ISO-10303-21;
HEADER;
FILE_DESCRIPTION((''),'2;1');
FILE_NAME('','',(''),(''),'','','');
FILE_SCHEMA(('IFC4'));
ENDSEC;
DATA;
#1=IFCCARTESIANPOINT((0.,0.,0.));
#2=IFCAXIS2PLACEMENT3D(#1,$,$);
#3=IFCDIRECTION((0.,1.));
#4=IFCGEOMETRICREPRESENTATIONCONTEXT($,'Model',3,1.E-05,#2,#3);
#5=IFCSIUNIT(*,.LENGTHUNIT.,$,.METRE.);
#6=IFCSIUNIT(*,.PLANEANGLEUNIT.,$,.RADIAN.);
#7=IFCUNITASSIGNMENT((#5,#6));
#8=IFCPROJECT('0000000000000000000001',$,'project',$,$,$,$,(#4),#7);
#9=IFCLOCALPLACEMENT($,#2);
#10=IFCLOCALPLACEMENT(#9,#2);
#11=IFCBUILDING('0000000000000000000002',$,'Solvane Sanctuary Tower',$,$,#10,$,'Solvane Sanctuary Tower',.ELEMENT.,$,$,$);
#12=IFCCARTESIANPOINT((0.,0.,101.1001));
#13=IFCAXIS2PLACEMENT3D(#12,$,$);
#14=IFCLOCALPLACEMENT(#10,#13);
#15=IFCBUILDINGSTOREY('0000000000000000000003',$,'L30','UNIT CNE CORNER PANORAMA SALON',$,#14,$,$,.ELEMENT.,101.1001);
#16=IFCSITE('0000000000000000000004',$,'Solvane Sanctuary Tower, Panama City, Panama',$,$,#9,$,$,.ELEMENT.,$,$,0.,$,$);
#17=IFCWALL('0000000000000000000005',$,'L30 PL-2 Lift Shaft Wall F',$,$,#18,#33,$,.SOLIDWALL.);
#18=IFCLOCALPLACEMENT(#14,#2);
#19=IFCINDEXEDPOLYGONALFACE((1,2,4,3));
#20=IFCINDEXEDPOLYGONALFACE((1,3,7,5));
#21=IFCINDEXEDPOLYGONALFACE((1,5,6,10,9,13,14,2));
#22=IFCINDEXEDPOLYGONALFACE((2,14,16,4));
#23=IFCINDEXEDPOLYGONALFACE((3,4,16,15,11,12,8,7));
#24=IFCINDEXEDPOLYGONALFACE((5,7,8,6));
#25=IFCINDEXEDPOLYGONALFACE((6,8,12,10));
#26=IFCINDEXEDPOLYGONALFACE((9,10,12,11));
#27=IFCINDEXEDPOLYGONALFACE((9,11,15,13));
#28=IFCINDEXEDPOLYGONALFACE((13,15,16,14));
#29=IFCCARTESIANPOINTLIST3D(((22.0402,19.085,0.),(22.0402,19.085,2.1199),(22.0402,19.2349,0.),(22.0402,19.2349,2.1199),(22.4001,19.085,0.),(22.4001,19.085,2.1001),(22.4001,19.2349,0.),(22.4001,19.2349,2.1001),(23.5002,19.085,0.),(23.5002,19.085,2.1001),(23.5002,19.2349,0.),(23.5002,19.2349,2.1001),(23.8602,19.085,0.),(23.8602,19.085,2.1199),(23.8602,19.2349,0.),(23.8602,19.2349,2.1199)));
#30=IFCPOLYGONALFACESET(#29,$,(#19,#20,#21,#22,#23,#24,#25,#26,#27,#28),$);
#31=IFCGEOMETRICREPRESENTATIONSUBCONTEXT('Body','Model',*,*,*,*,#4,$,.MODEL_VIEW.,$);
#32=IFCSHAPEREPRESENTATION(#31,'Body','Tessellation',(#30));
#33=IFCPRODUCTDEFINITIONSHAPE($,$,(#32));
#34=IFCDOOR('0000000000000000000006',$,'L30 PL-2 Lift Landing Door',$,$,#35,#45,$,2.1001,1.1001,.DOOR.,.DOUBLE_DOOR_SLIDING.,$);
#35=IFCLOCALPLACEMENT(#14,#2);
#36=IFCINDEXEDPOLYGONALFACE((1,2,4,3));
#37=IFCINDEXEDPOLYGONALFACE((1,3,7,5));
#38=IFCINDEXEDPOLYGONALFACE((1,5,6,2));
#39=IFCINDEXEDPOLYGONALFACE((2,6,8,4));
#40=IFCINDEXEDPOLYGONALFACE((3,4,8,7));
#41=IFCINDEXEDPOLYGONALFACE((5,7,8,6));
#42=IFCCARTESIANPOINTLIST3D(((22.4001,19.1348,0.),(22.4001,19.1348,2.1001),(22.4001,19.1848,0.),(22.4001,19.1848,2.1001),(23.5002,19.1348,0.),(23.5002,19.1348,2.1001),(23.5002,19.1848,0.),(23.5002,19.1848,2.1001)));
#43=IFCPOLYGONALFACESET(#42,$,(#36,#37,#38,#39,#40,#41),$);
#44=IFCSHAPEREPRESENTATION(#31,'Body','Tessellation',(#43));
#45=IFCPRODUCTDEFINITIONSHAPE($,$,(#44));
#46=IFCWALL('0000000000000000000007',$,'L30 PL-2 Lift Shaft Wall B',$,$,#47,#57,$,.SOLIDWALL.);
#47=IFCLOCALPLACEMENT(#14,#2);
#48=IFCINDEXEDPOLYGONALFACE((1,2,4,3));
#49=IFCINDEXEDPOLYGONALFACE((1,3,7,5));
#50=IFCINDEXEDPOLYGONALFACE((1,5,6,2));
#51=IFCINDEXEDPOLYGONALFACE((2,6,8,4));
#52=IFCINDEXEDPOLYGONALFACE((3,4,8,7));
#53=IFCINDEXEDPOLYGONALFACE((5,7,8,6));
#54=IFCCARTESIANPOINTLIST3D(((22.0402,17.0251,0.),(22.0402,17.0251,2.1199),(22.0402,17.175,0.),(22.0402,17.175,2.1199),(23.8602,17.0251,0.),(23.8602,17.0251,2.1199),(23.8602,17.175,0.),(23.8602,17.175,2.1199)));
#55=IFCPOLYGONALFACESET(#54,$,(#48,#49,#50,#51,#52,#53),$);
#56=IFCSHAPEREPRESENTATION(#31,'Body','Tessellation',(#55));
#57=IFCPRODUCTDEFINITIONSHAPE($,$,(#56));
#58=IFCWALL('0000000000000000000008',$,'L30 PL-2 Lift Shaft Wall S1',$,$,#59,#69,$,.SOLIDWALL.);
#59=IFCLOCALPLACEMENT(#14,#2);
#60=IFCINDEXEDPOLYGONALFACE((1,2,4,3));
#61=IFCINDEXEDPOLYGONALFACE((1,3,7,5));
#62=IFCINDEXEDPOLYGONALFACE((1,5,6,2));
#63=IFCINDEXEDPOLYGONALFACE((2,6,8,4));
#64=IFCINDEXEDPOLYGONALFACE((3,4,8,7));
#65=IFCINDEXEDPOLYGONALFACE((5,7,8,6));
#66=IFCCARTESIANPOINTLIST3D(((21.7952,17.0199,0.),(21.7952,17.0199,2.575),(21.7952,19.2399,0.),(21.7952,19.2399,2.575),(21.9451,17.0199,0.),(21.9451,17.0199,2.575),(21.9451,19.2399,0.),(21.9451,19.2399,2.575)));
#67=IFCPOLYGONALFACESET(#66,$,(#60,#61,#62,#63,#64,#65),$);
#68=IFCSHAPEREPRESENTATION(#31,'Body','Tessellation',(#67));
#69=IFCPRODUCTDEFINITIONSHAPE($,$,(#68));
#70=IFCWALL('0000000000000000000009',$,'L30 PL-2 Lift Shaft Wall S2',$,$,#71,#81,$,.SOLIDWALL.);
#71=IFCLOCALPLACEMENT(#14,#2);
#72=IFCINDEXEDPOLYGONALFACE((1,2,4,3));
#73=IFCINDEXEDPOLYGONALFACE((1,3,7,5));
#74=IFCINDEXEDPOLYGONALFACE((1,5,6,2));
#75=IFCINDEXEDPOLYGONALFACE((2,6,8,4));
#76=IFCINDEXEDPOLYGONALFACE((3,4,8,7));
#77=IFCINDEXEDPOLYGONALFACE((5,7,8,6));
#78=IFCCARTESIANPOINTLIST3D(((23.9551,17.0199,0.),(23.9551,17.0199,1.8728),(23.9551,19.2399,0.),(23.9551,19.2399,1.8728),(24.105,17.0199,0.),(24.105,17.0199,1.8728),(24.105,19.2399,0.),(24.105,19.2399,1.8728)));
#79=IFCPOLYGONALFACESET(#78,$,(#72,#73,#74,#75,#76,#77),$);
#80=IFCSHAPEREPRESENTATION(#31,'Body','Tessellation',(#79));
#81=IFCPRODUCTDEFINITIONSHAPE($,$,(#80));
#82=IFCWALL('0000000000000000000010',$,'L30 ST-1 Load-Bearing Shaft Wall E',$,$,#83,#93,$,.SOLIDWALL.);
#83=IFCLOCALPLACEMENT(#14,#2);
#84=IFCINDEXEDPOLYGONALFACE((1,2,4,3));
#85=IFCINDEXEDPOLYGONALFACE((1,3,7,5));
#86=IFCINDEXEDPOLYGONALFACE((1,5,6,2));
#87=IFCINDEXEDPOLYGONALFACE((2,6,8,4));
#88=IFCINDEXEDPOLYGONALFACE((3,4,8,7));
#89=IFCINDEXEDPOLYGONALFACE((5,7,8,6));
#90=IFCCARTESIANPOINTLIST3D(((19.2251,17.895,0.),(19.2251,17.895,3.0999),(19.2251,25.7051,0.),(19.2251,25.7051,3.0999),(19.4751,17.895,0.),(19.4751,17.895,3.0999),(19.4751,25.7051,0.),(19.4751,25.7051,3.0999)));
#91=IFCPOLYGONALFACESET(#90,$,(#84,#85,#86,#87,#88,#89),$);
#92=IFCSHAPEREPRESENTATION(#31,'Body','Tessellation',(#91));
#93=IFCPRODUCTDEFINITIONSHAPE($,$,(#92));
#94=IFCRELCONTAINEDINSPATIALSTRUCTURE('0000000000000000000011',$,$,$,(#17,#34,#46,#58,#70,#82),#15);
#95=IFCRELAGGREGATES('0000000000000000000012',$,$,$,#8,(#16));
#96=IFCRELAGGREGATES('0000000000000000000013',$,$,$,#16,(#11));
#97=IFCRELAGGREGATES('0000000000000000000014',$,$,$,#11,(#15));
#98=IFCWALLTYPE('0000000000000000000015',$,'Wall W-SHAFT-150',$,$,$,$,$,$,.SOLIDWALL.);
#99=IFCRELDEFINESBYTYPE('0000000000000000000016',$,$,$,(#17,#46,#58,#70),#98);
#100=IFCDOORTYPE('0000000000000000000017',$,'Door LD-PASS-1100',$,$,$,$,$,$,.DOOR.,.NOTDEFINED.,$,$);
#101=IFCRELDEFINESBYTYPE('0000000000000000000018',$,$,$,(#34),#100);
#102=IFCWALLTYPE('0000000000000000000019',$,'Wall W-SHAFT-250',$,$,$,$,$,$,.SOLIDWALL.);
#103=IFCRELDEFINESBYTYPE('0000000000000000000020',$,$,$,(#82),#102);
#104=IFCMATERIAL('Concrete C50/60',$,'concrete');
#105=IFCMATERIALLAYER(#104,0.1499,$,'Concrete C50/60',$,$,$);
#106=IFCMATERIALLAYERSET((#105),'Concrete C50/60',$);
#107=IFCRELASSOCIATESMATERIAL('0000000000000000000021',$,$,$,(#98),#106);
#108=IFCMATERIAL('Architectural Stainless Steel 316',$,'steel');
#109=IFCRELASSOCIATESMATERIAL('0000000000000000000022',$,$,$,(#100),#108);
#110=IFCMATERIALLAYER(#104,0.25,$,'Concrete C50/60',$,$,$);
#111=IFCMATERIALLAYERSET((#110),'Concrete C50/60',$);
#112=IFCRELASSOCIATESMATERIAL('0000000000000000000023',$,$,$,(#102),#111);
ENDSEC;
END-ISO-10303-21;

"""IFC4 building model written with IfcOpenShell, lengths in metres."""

from ifc_helpers import new_model, si_unit, direction, frame, frame_2d, origin, place, context, subcontext, project, spatial, rectangle, extrude, material, layer, layer_set, type_object, element, fill, save


model = new_model("IFC4")

# Units and contexts
model_context = context("Model", 3, precision=1e-05, world=origin(), true_north=direction((0.0, 1.0)))
body_context = subcontext(model_context, "Body", "Model", "MODEL_VIEW")
ifc_project = project(units=[si_unit("LENGTHUNIT", "METRE"), si_unit("PLANEANGLEUNIT", "RADIAN")], contexts=[model_context])

# Site, building, storey
site_placement = place(None, origin())
site = spatial("IfcSite", under=ifc_project, at=site_placement, Name="Solvane Sanctuary Tower, Panama City, Panama", CompositionType="ELEMENT", RefElevation=0.0)
building_placement = place(site_placement, origin())
building = spatial("IfcBuilding", under=site, at=building_placement, Name="Solvane Sanctuary Tower", LongName="Solvane Sanctuary Tower", CompositionType="ELEMENT")
storey_placement = place(building_placement, frame((0.0, 0.0, 101.1001)))
storey = spatial("IfcBuildingStorey", under=building, at=storey_placement, Name="L30", Description="UNIT CNE CORNER PANORAMA SALON", CompositionType="ELEMENT", Elevation=101.1001)

# Shared definitions
ifc_material_1 = material(Name="Concrete C50/60", Category="concrete")
ifc_layer_1 = layer(ifc_material_1, 0.1499, Name="Concrete C50/60")
ifc_layer_set_1 = layer_set([ifc_layer_1], Name="Concrete C50/60")
wall_type_1 = type_object("IfcWallType", Name="Wall W-SHAFT-150", PredefinedType="SOLIDWALL", material=ifc_layer_set_1)
ifc_material_2 = material(Name="Architectural Stainless Steel 316", Category="steel")
door_type = type_object("IfcDoorType", Name="Door LD-PASS-1100", OperationType="NOTDEFINED", PredefinedType="DOOR", material=ifc_material_2)

# Wall, opening, door
wall_1_placement = place(storey_placement, frame((22.04, 19.1599, 0.0), z_axis=(0.0, 0.0, 1.0), x_axis=(1.0, 0.0, 0.0)))
wall_1 = element("IfcWall", 1, at=wall_1_placement, inside=storey, type_object=wall_type_1, Name="L30 PL-2 Lift Shaft Wall F", PredefinedType="SOLIDWALL", context=body_context, shape_type="SweptSolid", body=[
    extrude(rectangle(XDim=1.8201, YDim=0.1499, at=frame_2d((0.9102, 0.0))), origin(), (0.0, 0.0, 1.0), 2.1199),
])
opening_1_placement = place(wall_1_placement, frame((0.3601, 0.0, 0.0)))
opening_1 = element("IfcOpeningElement", 2, at=opening_1_placement, cuts=wall_1, PredefinedType="OPENING", context=body_context, shape_type="SweptSolid", body=[
    extrude(rectangle(XDim=1.1001, YDim=2.1001, at=frame_2d((0.55, 1.05))), frame((0.0, 0.085, 0.0), z_axis=(0.0, -1.0, 0.0), x_axis=(1.0, 0.0, 0.0)), (0.0, 0.0, 1.0), 0.1699),
])
door_1_placement = place(opening_1_placement, origin())
door_1 = element("IfcDoor", 3, at=door_1_placement, inside=storey, type_object=door_type, Name="L30 PL-2 Lift Landing Door", OperationType="DOUBLE_DOOR_SLIDING", OverallHeight=2.1001, OverallWidth=1.1001, PredefinedType="DOOR", context=body_context, shape_type="SweptSolid", body=[
    extrude(rectangle(XDim=1.1001, YDim=2.1001, at=frame_2d((0.55, 1.05))), frame((0.0, 0.0249, 0.0), z_axis=(0.0, -1.0, 0.0), x_axis=(1.0, 0.0, 0.0)), (0.0, 0.0, 1.0), 0.05),
])
fill(opening_1, door_1)

# Walls
wall_2_placement = place(storey_placement, frame((22.04, 17.1001, 0.0), z_axis=(0.0, 0.0, 1.0), x_axis=(1.0, 0.0, 0.0)))
element("IfcWall", 4, at=wall_2_placement, inside=storey, type_object=wall_type_1, Name="L30 PL-2 Lift Shaft Wall B", PredefinedType="SOLIDWALL", context=body_context, shape_type="SweptSolid", body=[
    extrude(rectangle(XDim=1.8201, YDim=0.1499, at=frame_2d((0.9102, 0.0))), origin(), (0.0, 0.0, 1.0), 2.1199),
])
wall_3_placement = place(storey_placement, frame((21.8701, 17.02, 0.0), z_axis=(0.0, 0.0, 1.0), x_axis=(0.0, 1.0, 0.0)))
element("IfcWall", 5, at=wall_3_placement, inside=storey, type_object=wall_type_1, Name="L30 PL-2 Lift Shaft Wall S1", PredefinedType="SOLIDWALL", context=body_context, shape_type="SweptSolid", body=[
    extrude(rectangle(XDim=2.22, YDim=0.1499, at=frame_2d((1.1099, 0.0))), origin(), (0.0, 0.0, 1.0), 2.575),
])
wall_4_placement = place(storey_placement, frame((24.03, 17.02, 0.0), z_axis=(0.0, 0.0, 1.0), x_axis=(0.0, 1.0, 0.0)))
element("IfcWall", 6, at=wall_4_placement, inside=storey, type_object=wall_type_1, Name="L30 PL-2 Lift Shaft Wall S2", PredefinedType="SOLIDWALL", context=body_context, shape_type="SweptSolid", body=[
    extrude(rectangle(XDim=2.22, YDim=0.1499, at=frame_2d((1.1099, 0.0))), origin(), (0.0, 0.0, 1.0), 1.8728),
])
ifc_layer_2 = layer(ifc_material_1, 0.25, Name="Concrete C50/60")
ifc_layer_set_2 = layer_set([ifc_layer_2], Name="Concrete C50/60")
wall_type_2 = type_object("IfcWallType", Name="Wall W-SHAFT-250", PredefinedType="SOLIDWALL", material=ifc_layer_set_2)
wall_5_placement = place(storey_placement, frame((19.3501, 17.895, 0.0), z_axis=(0.0, 0.0, 1.0), x_axis=(0.0, 1.0, 0.0)))
element("IfcWall", 7, at=wall_5_placement, inside=storey, type_object=wall_type_2, Name="L30 ST-1 Load-Bearing Shaft Wall E", PredefinedType="SOLIDWALL", context=body_context, shape_type="SweptSolid", body=[
    extrude(rectangle(XDim=7.8101, YDim=0.25, at=frame_2d((3.905, 0.0))), origin(), (0.0, 0.0, 1.0), 3.0999),
])

save(model, "model.ifc")
